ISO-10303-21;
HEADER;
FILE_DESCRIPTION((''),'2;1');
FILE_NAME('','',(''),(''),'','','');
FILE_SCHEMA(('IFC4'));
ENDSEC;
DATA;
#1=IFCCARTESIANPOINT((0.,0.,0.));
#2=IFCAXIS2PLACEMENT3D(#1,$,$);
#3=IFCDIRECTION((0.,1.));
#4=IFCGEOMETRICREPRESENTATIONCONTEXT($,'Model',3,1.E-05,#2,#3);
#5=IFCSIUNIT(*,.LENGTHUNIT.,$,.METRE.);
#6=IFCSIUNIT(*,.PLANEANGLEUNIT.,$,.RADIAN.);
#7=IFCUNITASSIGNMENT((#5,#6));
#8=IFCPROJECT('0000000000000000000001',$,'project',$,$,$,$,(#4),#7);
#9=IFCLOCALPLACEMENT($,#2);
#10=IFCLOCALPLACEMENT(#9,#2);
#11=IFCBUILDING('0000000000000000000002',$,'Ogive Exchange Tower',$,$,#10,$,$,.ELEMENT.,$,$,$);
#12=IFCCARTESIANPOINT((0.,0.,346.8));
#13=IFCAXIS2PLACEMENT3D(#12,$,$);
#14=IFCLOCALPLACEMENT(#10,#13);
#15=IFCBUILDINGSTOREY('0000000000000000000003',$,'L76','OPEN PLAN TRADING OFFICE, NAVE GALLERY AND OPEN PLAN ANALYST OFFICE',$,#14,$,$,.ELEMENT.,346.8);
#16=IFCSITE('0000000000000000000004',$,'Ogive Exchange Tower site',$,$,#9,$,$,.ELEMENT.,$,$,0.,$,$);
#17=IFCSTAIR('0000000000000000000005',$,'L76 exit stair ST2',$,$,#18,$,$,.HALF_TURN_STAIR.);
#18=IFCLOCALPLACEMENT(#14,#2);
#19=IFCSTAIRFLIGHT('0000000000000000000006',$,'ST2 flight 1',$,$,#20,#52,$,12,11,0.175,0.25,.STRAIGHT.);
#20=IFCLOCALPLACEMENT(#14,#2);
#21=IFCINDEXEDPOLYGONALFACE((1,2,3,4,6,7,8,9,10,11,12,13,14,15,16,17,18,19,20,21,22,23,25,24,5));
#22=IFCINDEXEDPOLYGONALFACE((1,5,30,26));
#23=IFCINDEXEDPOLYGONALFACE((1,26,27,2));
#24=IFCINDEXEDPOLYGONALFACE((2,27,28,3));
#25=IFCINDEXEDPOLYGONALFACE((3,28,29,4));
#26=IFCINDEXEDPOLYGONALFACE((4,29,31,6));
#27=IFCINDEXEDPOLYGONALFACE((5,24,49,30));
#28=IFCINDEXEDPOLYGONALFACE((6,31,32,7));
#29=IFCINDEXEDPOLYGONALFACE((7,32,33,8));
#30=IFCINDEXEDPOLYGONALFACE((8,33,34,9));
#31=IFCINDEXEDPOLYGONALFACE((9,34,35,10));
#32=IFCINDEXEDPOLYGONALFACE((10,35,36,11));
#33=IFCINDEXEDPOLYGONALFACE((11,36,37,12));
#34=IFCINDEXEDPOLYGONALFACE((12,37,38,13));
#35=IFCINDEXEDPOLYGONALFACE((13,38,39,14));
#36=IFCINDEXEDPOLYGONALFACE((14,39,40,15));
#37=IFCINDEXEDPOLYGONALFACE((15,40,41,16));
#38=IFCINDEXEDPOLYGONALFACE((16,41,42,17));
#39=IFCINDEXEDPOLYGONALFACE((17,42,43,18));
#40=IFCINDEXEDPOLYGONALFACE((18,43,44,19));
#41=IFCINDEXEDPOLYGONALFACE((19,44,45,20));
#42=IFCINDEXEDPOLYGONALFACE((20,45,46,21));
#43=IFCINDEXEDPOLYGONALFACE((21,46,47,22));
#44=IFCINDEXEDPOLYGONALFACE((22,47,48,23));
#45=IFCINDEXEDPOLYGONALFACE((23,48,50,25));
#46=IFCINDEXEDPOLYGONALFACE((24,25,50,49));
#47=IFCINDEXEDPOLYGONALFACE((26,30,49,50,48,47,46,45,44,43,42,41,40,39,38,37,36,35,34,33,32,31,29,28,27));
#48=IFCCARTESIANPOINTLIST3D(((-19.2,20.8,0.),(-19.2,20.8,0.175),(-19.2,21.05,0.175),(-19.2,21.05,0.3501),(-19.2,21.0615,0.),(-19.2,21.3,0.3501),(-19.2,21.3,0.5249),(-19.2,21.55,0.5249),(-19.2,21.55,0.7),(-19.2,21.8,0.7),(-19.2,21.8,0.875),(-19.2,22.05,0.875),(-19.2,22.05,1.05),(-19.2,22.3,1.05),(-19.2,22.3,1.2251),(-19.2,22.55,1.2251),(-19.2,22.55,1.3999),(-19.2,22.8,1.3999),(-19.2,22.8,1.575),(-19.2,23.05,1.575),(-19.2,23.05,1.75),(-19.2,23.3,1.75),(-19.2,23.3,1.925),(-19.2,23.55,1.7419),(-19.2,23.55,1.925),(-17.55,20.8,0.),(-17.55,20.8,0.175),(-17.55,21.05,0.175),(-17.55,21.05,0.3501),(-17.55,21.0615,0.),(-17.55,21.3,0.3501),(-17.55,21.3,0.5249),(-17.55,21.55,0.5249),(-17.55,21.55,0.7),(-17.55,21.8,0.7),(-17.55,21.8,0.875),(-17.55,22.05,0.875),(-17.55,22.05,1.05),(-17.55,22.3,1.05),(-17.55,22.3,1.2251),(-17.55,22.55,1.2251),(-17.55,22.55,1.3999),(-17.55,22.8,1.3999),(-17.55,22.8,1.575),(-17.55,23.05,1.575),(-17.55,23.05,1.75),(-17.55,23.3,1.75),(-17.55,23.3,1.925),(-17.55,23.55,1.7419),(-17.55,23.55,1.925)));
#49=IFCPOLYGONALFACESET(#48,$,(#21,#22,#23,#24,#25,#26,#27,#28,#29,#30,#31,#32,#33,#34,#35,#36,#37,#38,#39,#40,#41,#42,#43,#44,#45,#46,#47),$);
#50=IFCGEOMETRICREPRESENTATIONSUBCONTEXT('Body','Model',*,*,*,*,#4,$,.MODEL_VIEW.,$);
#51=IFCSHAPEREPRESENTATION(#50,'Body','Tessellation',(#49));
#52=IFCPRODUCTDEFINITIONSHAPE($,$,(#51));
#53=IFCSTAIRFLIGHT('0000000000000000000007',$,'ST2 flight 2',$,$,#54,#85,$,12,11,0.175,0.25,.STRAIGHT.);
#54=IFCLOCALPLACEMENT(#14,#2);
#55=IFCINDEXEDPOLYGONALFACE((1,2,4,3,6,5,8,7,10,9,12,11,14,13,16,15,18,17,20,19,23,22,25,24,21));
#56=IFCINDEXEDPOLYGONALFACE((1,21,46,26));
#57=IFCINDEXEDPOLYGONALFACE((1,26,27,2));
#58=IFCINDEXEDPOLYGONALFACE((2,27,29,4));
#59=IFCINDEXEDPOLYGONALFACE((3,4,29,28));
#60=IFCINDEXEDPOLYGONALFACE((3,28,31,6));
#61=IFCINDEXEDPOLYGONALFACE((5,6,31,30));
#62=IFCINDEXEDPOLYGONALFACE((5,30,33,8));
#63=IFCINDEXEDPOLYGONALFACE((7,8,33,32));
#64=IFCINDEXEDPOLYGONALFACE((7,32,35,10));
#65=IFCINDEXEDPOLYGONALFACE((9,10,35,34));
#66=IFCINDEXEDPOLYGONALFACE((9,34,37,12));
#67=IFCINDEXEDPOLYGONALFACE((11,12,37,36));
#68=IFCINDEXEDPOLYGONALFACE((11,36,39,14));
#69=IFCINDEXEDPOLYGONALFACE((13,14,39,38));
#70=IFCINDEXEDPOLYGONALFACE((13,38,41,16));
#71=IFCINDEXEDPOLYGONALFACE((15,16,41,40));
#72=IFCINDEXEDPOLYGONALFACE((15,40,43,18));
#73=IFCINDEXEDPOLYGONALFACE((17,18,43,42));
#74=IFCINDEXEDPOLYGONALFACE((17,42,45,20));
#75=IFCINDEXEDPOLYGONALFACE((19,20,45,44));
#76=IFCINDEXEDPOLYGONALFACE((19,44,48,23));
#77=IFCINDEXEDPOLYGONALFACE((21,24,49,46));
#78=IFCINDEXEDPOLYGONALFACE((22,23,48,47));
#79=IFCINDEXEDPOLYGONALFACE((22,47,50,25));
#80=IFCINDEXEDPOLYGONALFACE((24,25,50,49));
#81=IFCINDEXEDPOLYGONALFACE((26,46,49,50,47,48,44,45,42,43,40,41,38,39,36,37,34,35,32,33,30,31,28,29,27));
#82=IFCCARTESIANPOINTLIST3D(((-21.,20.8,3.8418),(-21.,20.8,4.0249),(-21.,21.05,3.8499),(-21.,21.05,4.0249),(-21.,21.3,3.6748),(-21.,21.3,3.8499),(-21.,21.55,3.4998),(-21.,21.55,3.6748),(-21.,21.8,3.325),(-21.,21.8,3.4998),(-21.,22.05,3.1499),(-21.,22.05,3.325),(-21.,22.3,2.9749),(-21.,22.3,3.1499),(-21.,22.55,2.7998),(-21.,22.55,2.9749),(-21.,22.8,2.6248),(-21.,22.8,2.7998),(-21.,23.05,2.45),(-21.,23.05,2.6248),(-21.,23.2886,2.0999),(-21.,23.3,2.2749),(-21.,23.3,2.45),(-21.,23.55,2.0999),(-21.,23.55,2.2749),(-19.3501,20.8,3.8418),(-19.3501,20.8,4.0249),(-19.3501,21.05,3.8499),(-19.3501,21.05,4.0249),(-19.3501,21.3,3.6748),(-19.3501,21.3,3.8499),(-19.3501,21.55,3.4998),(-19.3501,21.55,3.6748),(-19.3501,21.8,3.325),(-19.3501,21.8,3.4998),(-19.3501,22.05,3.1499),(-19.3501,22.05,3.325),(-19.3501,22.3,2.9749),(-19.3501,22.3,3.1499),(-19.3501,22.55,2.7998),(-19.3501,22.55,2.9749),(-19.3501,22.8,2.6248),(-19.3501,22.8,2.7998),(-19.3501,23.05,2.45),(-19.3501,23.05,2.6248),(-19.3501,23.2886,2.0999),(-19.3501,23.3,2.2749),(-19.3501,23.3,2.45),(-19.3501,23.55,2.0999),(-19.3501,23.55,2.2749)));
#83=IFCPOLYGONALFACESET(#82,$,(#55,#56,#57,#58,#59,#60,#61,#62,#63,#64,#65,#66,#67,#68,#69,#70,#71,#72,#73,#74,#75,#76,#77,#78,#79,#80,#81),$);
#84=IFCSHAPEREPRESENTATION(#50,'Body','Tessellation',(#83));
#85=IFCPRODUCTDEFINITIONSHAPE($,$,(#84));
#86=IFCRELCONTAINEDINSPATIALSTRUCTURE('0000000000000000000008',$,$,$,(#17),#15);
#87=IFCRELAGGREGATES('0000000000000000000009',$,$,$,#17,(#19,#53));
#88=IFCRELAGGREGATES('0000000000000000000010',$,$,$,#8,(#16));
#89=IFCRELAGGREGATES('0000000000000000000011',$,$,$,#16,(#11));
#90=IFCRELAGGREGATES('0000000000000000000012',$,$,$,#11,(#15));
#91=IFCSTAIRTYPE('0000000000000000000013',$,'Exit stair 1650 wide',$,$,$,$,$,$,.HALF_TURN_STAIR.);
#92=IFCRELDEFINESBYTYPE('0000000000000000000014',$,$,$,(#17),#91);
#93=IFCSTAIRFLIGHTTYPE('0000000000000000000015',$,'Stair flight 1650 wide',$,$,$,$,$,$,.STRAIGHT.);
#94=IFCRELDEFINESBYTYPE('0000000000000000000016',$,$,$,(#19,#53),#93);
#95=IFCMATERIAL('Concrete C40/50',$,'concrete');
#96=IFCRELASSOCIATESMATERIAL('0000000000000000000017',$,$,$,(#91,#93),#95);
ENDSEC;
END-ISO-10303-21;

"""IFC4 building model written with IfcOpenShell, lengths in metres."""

from ifc_helpers import new_model, si_unit, direction, frame, origin, place, context, subcontext, project, spatial, polyline, outline, extrude, material, type_object, element, aggregate, save


model = new_model("IFC4")

# Units and contexts
model_context = context("Model", 3, precision=1e-05, world=origin(), true_north=direction((0.0, 1.0)))
body_context = subcontext(model_context, "Body", "Model", "MODEL_VIEW")
ifc_project = project(units=[si_unit("LENGTHUNIT", "METRE"), si_unit("PLANEANGLEUNIT", "RADIAN")], contexts=[model_context])

# Site, building, storey
site_placement = place(None, origin())
site = spatial("IfcSite", under=ifc_project, at=site_placement, Name="Ogive Exchange Tower site", CompositionType="ELEMENT", RefElevation=0.0)
building_placement = place(site_placement, origin())
building = spatial("IfcBuilding", under=site, at=building_placement, Name="Ogive Exchange Tower", CompositionType="ELEMENT")
storey_placement = place(building_placement, frame((0.0, 0.0, 346.8)))
storey = spatial("IfcBuildingStorey", under=building, at=storey_placement, Name="L76", Description="OPEN PLAN TRADING OFFICE, NAVE GALLERY AND OPEN PLAN ANALYST OFFICE", CompositionType="ELEMENT", Elevation=346.8)

# Stair, stair flights
ifc_material_1 = material(Name="Concrete C40/50", Category="concrete")
stair_type = type_object("IfcStairType", Name="Exit stair 1650 wide", PredefinedType="HALF_TURN_STAIR", material=ifc_material_1)
stair_placement = place(storey_placement, origin())
stair = element("IfcStair", 1, at=stair_placement, inside=storey, type_object=stair_type, Name="L76 exit stair ST2", PredefinedType="HALF_TURN_STAIR")
stair_flight_type = type_object("IfcStairFlightType", Name="Stair flight 1650 wide", PredefinedType="STRAIGHT", material=ifc_material_1)
stair_flight_1_placement = place(storey_placement, frame((-18.375, 20.8, 0.0), z_axis=(0.0, 0.0, 1.0), x_axis=(0.0, 1.0, 0.0)))
stair_flight_1 = element("IfcStairFlight", 2, at=stair_flight_1_placement, type_object=stair_flight_type, Name="ST2 flight 1", NumberOfRisers=12, NumberOfTreads=11, PredefinedType="STRAIGHT", RiserHeight=0.175, TreadLength=0.25, context=body_context, shape_type="SweptSolid", body=[
    extrude(outline(polyline([(0.0, 0.0), (0.0, 0.175), (0.25, 0.175), (0.25, 0.3501), (0.5, 0.3501), (0.5, 0.5249), (0.75, 0.5249), (0.75, 0.7), (1.0, 0.7), (1.0, 0.875), (1.25, 0.875), (1.25, 1.05), (1.5, 1.05), (1.5, 1.2251), (1.75, 1.2251), (1.75, 1.3999), (2.0, 1.3999), (2.0, 1.575), (2.25, 1.575), (2.25, 1.75), (2.5, 1.75), (2.5, 1.925), (2.75, 1.925), (2.75, 2.1001), (2.75, 1.7419), (0.2615, 0.0), (0.0, 0.0)])), frame((0.0, 0.825, 0.0), z_axis=(0.0, -1.0, 0.0), x_axis=(1.0, 0.0, 0.0)), (0.0, 0.0, 1.0), 1.6499),
])
stair_flight_2_placement = place(storey_placement, frame((-20.175, 23.55, 2.0999), z_axis=(0.0, 0.0, 1.0), x_axis=(0.0, -1.0, 0.0)))
stair_flight_2 = element("IfcStairFlight", 3, at=stair_flight_2_placement, type_object=stair_flight_type, Name="ST2 flight 2", NumberOfRisers=12, NumberOfTreads=11, PredefinedType="STRAIGHT", RiserHeight=0.175, TreadLength=0.25, context=body_context, shape_type="SweptSolid", body=[
    extrude(outline(polyline([(0.0, 0.0), (0.0, 0.175), (0.25, 0.175), (0.25, 0.3501), (0.5, 0.3501), (0.5, 0.5249), (0.75, 0.5249), (0.75, 0.7), (1.0, 0.7), (1.0, 0.875), (1.25, 0.875), (1.25, 1.05), (1.5, 1.05), (1.5, 1.2251), (1.75, 1.2251), (1.75, 1.3999), (2.0, 1.3999), (2.0, 1.575), (2.25, 1.575), (2.25, 1.75), (2.5, 1.75), (2.5, 1.925), (2.75, 1.925), (2.75, 2.1001), (2.75, 1.7419), (0.2615, 0.0), (0.0, 0.0)])), frame((0.0, 0.825, 0.0), z_axis=(0.0, -1.0, 0.0), x_axis=(1.0, 0.0, 0.0)), (0.0, 0.0, 1.0), 1.6499),
])
aggregate(stair, [stair_flight_1, stair_flight_2])

save(model, "model.ifc")
